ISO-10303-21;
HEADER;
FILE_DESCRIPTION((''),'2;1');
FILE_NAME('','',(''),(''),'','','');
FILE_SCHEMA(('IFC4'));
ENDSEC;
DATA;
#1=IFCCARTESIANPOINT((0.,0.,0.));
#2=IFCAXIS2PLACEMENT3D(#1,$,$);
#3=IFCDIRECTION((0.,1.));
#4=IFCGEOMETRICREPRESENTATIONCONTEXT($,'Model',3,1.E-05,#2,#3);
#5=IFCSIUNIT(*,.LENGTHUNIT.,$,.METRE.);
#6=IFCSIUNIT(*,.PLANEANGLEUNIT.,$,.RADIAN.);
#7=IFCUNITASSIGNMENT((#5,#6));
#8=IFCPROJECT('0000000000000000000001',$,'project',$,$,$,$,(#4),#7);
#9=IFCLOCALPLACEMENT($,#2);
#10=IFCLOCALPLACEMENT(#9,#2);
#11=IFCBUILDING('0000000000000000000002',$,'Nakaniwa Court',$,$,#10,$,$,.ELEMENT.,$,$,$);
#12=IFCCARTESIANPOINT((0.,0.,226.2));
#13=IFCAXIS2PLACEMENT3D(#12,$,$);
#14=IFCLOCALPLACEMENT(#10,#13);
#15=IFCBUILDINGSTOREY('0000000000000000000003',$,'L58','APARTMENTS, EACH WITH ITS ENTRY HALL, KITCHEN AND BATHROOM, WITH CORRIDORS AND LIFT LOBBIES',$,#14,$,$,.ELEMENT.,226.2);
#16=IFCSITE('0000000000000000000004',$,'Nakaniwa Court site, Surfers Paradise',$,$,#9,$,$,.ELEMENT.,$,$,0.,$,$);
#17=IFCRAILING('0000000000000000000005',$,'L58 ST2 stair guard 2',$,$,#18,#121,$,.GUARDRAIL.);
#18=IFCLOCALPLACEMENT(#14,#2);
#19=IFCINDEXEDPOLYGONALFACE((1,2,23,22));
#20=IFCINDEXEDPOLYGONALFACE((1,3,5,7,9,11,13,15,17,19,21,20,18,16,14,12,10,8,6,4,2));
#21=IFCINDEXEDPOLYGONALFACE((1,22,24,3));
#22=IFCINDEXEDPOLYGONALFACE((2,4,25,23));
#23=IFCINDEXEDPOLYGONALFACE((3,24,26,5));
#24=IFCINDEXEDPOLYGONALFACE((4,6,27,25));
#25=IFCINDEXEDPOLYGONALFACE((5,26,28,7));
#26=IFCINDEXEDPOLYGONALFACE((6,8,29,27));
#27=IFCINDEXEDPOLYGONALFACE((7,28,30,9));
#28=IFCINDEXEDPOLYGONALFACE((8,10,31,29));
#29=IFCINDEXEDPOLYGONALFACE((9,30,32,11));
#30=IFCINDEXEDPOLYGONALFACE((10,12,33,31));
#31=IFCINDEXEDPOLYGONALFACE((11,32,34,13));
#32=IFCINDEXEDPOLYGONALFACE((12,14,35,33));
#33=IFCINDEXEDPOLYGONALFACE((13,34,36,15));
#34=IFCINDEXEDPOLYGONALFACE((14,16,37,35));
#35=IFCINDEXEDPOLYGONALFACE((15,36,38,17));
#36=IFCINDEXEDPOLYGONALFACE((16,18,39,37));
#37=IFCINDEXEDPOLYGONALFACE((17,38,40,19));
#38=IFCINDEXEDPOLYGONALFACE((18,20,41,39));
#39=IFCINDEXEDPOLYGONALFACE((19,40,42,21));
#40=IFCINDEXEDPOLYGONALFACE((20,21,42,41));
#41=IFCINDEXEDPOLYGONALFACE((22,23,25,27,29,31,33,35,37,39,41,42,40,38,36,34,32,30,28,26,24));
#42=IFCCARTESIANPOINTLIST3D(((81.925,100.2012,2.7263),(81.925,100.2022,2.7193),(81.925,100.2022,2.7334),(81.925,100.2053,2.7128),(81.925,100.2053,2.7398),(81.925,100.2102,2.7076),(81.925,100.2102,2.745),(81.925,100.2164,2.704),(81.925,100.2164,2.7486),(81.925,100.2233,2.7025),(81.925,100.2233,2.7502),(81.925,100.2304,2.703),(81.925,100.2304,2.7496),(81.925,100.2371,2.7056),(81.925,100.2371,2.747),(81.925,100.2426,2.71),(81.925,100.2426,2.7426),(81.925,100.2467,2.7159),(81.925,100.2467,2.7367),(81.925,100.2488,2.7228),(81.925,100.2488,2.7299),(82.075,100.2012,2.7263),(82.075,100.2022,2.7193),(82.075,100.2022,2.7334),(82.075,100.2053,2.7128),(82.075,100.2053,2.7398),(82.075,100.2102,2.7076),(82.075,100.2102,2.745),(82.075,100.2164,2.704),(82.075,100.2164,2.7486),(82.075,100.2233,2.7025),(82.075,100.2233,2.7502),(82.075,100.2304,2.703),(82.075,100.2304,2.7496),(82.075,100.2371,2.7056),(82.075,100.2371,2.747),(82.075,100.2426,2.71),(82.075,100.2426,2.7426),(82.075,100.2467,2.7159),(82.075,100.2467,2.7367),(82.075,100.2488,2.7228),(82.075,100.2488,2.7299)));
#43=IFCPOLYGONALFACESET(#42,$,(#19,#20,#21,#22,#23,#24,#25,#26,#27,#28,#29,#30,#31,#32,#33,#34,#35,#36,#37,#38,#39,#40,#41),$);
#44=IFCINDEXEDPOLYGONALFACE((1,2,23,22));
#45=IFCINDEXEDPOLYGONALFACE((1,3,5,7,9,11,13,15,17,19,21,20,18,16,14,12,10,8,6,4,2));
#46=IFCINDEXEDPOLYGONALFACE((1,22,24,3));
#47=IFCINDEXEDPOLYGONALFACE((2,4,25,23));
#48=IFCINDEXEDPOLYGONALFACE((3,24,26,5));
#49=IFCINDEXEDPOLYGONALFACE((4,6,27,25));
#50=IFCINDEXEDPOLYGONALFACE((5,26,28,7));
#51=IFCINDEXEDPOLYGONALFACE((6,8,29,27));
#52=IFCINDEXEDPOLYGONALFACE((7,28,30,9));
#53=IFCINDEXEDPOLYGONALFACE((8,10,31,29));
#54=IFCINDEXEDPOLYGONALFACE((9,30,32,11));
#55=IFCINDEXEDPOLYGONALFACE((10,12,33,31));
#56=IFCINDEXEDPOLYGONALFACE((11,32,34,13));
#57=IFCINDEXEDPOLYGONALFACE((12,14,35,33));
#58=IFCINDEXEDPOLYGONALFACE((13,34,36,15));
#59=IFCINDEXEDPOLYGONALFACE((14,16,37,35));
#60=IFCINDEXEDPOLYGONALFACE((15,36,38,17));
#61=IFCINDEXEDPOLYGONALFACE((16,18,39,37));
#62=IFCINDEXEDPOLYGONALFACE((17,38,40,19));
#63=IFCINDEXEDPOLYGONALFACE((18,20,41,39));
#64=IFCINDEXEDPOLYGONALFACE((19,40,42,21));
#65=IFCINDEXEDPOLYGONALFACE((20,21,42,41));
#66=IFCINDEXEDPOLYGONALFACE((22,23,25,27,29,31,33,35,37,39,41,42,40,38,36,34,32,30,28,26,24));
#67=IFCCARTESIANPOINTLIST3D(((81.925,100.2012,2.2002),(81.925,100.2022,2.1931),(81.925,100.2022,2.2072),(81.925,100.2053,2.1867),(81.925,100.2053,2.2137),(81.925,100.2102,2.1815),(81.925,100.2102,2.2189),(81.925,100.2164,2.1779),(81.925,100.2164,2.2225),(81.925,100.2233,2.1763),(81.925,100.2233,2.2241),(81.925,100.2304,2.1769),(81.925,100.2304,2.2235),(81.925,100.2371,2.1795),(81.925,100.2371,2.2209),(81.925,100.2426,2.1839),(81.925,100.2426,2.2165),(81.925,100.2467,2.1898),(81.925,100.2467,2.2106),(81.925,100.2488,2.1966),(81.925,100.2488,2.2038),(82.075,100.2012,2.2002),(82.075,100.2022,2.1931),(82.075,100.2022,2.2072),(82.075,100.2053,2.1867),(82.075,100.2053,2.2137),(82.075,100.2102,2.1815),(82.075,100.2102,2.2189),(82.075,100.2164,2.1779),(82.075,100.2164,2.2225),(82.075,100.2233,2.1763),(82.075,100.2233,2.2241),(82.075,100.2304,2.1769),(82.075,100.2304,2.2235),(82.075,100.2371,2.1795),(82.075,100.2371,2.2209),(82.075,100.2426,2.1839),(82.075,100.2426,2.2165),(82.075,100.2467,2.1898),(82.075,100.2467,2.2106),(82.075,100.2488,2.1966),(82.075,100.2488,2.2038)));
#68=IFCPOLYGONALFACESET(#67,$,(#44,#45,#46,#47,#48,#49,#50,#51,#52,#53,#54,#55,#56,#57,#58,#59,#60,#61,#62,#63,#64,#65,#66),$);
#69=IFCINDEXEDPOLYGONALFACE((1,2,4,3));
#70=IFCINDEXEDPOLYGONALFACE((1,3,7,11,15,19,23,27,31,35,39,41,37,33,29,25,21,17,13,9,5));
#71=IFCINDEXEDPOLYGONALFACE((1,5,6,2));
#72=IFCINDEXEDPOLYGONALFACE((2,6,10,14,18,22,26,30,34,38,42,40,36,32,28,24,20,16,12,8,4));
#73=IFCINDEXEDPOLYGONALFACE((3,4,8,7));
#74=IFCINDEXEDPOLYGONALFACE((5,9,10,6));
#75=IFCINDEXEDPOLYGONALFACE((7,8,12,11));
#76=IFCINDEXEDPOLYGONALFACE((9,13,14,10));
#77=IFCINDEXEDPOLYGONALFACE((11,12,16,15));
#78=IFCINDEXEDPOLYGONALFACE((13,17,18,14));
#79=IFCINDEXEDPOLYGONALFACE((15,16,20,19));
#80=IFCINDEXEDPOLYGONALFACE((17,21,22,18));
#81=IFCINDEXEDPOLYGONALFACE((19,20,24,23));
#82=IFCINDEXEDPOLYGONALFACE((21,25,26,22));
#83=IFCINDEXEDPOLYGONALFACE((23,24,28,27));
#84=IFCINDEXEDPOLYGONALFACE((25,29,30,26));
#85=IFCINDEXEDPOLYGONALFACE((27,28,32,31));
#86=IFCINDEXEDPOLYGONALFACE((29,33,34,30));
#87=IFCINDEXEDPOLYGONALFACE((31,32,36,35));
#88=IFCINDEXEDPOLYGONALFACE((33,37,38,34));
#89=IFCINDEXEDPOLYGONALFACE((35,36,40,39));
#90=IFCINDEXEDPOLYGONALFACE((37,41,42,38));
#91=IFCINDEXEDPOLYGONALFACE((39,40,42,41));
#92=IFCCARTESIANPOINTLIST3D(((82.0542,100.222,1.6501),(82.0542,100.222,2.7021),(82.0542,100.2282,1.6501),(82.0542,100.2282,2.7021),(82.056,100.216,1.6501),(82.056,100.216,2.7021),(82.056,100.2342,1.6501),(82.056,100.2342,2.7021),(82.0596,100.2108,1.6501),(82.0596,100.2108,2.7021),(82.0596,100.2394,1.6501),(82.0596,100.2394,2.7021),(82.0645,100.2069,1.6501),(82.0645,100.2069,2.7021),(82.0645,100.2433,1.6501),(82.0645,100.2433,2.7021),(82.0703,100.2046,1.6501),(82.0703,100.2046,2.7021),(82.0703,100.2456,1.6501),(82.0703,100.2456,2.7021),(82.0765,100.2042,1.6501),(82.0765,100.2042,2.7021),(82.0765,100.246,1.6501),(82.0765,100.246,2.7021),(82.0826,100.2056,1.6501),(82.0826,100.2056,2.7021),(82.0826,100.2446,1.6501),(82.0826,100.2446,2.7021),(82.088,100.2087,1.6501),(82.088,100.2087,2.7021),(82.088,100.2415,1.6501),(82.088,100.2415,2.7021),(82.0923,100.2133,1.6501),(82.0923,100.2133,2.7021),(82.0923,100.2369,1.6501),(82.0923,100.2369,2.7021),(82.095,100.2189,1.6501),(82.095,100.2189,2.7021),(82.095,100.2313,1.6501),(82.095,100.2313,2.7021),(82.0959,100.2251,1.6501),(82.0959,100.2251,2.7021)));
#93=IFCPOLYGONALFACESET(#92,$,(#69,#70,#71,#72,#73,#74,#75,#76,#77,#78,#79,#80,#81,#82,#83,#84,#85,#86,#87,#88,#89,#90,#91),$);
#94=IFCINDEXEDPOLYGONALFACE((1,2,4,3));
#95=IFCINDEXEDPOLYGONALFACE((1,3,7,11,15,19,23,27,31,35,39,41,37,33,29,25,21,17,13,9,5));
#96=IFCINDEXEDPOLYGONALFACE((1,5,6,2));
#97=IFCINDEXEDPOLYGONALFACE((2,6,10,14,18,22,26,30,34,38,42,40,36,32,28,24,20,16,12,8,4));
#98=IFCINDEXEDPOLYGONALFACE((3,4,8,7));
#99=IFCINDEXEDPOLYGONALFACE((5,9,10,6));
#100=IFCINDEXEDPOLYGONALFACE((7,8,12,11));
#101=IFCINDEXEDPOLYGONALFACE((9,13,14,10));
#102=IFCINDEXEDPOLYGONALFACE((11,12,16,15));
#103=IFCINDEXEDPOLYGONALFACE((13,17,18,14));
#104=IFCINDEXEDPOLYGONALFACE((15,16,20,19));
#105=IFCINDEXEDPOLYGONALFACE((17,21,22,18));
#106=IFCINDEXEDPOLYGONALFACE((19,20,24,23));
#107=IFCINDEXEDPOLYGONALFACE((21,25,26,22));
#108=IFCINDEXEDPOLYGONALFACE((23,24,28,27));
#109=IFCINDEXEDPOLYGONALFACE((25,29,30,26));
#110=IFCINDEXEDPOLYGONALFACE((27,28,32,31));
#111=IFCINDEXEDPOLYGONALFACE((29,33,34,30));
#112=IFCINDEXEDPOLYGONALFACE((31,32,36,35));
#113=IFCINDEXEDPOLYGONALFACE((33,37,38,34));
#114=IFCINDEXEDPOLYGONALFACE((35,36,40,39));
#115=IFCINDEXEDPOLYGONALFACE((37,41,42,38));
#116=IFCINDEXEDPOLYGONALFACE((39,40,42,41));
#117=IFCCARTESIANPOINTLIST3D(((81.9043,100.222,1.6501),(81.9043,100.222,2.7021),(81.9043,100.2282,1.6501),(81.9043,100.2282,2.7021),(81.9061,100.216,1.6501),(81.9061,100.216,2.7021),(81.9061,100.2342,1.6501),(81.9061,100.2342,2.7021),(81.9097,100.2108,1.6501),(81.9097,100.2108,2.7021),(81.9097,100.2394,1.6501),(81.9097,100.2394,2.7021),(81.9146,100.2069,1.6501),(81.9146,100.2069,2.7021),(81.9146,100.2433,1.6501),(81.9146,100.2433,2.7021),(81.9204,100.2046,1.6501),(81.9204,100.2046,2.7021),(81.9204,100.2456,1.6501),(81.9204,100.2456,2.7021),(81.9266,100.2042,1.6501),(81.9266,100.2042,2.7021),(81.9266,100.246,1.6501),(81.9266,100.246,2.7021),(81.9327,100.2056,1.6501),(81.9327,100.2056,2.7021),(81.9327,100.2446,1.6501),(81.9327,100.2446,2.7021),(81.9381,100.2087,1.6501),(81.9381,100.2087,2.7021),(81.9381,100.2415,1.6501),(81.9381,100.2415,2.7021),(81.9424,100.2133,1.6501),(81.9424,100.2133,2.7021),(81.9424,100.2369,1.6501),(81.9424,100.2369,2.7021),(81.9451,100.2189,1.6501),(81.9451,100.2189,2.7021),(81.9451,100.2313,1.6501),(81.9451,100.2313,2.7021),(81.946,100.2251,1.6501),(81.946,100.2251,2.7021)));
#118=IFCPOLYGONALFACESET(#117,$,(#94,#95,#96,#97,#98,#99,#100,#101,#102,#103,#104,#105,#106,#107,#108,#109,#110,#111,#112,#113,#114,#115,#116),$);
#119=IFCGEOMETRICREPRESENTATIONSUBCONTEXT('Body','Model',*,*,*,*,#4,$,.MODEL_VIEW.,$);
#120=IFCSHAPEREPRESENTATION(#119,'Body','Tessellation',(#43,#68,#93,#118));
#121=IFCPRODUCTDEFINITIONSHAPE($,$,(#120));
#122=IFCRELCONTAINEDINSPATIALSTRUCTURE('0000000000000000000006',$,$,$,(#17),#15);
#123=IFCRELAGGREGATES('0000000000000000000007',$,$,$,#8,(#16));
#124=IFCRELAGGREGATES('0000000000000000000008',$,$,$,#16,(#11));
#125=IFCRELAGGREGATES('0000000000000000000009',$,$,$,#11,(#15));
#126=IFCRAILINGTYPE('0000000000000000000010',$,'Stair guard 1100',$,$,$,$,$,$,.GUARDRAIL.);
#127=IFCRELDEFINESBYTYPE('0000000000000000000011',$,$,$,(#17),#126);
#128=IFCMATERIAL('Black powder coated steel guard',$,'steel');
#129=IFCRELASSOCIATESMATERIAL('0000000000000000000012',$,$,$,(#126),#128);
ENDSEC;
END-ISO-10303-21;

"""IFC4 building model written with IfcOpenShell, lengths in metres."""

from ifc_helpers import new_model, si_unit, direction, frame, origin, origin_2d, place, context, subcontext, project, spatial, circle, extrude, material, type_object, element, save


model = new_model("IFC4")

# Units and contexts
model_context = context("Model", 3, precision=1e-05, world=origin(), true_north=direction((0.0, 1.0)))
body_context = subcontext(model_context, "Body", "Model", "MODEL_VIEW")
ifc_project = project(units=[si_unit("LENGTHUNIT", "METRE"), si_unit("PLANEANGLEUNIT", "RADIAN")], contexts=[model_context])

# Site, building, storey
site_placement = place(None, origin())
site = spatial("IfcSite", under=ifc_project, at=site_placement, Name="Nakaniwa Court site, Surfers Paradise", CompositionType="ELEMENT", RefElevation=0.0)
building_placement = place(site_placement, origin())
building = spatial("IfcBuilding", under=site, at=building_placement, Name="Nakaniwa Court", CompositionType="ELEMENT")
storey_placement = place(building_placement, frame((0.0, 0.0, 226.2)))
storey = spatial("IfcBuildingStorey", under=building, at=storey_placement, Name="L58", Description="APARTMENTS, EACH WITH ITS ENTRY HALL, KITCHEN AND BATHROOM, WITH CORRIDORS AND LIFT LOBBIES", CompositionType="ELEMENT", Elevation=226.2)

# Railing
ifc_material_1 = material(Name="Black powder coated steel guard", Category="steel")
railing_type_1 = type_object("IfcRailingType", Name="Stair guard 1100", PredefinedType="GUARDRAIL", material=ifc_material_1)
railing_1_placement = place(storey_placement, frame((82.075, 100.2251, 1.6501)))
element("IfcRailing", 1, at=railing_1_placement, inside=storey, type_object=railing_type_1, Name="L58 ST2 stair guard 2", PredefinedType="GUARDRAIL", context=body_context, shape_type="SweptSolid", body=[
    extrude(circle(Radius=0.0239, at=origin_2d()), frame((0.0, 0.0, 1.0762), z_axis=(-1.0, 0.0, 0.0), x_axis=(0.0, -1.0, 0.0)), (0.0, 0.0, 1.0), 0.1499),
    extrude(circle(Radius=0.0239, at=origin_2d()), frame((0.0, 0.0, 0.55), z_axis=(-1.0, 0.0, 0.0), x_axis=(0.0, -1.0, 0.0)), (0.0, 0.0, 1.0), 0.1499),
    extrude(circle(Radius=0.021, at=origin_2d()), origin(), (0.0, 0.0, 1.0), 1.052),
    extrude(circle(Radius=0.021, at=origin_2d()), frame((-0.1499, 0.0, 0.0)), (0.0, 0.0, 1.0), 1.052),
])

save(model, "model.ifc")
